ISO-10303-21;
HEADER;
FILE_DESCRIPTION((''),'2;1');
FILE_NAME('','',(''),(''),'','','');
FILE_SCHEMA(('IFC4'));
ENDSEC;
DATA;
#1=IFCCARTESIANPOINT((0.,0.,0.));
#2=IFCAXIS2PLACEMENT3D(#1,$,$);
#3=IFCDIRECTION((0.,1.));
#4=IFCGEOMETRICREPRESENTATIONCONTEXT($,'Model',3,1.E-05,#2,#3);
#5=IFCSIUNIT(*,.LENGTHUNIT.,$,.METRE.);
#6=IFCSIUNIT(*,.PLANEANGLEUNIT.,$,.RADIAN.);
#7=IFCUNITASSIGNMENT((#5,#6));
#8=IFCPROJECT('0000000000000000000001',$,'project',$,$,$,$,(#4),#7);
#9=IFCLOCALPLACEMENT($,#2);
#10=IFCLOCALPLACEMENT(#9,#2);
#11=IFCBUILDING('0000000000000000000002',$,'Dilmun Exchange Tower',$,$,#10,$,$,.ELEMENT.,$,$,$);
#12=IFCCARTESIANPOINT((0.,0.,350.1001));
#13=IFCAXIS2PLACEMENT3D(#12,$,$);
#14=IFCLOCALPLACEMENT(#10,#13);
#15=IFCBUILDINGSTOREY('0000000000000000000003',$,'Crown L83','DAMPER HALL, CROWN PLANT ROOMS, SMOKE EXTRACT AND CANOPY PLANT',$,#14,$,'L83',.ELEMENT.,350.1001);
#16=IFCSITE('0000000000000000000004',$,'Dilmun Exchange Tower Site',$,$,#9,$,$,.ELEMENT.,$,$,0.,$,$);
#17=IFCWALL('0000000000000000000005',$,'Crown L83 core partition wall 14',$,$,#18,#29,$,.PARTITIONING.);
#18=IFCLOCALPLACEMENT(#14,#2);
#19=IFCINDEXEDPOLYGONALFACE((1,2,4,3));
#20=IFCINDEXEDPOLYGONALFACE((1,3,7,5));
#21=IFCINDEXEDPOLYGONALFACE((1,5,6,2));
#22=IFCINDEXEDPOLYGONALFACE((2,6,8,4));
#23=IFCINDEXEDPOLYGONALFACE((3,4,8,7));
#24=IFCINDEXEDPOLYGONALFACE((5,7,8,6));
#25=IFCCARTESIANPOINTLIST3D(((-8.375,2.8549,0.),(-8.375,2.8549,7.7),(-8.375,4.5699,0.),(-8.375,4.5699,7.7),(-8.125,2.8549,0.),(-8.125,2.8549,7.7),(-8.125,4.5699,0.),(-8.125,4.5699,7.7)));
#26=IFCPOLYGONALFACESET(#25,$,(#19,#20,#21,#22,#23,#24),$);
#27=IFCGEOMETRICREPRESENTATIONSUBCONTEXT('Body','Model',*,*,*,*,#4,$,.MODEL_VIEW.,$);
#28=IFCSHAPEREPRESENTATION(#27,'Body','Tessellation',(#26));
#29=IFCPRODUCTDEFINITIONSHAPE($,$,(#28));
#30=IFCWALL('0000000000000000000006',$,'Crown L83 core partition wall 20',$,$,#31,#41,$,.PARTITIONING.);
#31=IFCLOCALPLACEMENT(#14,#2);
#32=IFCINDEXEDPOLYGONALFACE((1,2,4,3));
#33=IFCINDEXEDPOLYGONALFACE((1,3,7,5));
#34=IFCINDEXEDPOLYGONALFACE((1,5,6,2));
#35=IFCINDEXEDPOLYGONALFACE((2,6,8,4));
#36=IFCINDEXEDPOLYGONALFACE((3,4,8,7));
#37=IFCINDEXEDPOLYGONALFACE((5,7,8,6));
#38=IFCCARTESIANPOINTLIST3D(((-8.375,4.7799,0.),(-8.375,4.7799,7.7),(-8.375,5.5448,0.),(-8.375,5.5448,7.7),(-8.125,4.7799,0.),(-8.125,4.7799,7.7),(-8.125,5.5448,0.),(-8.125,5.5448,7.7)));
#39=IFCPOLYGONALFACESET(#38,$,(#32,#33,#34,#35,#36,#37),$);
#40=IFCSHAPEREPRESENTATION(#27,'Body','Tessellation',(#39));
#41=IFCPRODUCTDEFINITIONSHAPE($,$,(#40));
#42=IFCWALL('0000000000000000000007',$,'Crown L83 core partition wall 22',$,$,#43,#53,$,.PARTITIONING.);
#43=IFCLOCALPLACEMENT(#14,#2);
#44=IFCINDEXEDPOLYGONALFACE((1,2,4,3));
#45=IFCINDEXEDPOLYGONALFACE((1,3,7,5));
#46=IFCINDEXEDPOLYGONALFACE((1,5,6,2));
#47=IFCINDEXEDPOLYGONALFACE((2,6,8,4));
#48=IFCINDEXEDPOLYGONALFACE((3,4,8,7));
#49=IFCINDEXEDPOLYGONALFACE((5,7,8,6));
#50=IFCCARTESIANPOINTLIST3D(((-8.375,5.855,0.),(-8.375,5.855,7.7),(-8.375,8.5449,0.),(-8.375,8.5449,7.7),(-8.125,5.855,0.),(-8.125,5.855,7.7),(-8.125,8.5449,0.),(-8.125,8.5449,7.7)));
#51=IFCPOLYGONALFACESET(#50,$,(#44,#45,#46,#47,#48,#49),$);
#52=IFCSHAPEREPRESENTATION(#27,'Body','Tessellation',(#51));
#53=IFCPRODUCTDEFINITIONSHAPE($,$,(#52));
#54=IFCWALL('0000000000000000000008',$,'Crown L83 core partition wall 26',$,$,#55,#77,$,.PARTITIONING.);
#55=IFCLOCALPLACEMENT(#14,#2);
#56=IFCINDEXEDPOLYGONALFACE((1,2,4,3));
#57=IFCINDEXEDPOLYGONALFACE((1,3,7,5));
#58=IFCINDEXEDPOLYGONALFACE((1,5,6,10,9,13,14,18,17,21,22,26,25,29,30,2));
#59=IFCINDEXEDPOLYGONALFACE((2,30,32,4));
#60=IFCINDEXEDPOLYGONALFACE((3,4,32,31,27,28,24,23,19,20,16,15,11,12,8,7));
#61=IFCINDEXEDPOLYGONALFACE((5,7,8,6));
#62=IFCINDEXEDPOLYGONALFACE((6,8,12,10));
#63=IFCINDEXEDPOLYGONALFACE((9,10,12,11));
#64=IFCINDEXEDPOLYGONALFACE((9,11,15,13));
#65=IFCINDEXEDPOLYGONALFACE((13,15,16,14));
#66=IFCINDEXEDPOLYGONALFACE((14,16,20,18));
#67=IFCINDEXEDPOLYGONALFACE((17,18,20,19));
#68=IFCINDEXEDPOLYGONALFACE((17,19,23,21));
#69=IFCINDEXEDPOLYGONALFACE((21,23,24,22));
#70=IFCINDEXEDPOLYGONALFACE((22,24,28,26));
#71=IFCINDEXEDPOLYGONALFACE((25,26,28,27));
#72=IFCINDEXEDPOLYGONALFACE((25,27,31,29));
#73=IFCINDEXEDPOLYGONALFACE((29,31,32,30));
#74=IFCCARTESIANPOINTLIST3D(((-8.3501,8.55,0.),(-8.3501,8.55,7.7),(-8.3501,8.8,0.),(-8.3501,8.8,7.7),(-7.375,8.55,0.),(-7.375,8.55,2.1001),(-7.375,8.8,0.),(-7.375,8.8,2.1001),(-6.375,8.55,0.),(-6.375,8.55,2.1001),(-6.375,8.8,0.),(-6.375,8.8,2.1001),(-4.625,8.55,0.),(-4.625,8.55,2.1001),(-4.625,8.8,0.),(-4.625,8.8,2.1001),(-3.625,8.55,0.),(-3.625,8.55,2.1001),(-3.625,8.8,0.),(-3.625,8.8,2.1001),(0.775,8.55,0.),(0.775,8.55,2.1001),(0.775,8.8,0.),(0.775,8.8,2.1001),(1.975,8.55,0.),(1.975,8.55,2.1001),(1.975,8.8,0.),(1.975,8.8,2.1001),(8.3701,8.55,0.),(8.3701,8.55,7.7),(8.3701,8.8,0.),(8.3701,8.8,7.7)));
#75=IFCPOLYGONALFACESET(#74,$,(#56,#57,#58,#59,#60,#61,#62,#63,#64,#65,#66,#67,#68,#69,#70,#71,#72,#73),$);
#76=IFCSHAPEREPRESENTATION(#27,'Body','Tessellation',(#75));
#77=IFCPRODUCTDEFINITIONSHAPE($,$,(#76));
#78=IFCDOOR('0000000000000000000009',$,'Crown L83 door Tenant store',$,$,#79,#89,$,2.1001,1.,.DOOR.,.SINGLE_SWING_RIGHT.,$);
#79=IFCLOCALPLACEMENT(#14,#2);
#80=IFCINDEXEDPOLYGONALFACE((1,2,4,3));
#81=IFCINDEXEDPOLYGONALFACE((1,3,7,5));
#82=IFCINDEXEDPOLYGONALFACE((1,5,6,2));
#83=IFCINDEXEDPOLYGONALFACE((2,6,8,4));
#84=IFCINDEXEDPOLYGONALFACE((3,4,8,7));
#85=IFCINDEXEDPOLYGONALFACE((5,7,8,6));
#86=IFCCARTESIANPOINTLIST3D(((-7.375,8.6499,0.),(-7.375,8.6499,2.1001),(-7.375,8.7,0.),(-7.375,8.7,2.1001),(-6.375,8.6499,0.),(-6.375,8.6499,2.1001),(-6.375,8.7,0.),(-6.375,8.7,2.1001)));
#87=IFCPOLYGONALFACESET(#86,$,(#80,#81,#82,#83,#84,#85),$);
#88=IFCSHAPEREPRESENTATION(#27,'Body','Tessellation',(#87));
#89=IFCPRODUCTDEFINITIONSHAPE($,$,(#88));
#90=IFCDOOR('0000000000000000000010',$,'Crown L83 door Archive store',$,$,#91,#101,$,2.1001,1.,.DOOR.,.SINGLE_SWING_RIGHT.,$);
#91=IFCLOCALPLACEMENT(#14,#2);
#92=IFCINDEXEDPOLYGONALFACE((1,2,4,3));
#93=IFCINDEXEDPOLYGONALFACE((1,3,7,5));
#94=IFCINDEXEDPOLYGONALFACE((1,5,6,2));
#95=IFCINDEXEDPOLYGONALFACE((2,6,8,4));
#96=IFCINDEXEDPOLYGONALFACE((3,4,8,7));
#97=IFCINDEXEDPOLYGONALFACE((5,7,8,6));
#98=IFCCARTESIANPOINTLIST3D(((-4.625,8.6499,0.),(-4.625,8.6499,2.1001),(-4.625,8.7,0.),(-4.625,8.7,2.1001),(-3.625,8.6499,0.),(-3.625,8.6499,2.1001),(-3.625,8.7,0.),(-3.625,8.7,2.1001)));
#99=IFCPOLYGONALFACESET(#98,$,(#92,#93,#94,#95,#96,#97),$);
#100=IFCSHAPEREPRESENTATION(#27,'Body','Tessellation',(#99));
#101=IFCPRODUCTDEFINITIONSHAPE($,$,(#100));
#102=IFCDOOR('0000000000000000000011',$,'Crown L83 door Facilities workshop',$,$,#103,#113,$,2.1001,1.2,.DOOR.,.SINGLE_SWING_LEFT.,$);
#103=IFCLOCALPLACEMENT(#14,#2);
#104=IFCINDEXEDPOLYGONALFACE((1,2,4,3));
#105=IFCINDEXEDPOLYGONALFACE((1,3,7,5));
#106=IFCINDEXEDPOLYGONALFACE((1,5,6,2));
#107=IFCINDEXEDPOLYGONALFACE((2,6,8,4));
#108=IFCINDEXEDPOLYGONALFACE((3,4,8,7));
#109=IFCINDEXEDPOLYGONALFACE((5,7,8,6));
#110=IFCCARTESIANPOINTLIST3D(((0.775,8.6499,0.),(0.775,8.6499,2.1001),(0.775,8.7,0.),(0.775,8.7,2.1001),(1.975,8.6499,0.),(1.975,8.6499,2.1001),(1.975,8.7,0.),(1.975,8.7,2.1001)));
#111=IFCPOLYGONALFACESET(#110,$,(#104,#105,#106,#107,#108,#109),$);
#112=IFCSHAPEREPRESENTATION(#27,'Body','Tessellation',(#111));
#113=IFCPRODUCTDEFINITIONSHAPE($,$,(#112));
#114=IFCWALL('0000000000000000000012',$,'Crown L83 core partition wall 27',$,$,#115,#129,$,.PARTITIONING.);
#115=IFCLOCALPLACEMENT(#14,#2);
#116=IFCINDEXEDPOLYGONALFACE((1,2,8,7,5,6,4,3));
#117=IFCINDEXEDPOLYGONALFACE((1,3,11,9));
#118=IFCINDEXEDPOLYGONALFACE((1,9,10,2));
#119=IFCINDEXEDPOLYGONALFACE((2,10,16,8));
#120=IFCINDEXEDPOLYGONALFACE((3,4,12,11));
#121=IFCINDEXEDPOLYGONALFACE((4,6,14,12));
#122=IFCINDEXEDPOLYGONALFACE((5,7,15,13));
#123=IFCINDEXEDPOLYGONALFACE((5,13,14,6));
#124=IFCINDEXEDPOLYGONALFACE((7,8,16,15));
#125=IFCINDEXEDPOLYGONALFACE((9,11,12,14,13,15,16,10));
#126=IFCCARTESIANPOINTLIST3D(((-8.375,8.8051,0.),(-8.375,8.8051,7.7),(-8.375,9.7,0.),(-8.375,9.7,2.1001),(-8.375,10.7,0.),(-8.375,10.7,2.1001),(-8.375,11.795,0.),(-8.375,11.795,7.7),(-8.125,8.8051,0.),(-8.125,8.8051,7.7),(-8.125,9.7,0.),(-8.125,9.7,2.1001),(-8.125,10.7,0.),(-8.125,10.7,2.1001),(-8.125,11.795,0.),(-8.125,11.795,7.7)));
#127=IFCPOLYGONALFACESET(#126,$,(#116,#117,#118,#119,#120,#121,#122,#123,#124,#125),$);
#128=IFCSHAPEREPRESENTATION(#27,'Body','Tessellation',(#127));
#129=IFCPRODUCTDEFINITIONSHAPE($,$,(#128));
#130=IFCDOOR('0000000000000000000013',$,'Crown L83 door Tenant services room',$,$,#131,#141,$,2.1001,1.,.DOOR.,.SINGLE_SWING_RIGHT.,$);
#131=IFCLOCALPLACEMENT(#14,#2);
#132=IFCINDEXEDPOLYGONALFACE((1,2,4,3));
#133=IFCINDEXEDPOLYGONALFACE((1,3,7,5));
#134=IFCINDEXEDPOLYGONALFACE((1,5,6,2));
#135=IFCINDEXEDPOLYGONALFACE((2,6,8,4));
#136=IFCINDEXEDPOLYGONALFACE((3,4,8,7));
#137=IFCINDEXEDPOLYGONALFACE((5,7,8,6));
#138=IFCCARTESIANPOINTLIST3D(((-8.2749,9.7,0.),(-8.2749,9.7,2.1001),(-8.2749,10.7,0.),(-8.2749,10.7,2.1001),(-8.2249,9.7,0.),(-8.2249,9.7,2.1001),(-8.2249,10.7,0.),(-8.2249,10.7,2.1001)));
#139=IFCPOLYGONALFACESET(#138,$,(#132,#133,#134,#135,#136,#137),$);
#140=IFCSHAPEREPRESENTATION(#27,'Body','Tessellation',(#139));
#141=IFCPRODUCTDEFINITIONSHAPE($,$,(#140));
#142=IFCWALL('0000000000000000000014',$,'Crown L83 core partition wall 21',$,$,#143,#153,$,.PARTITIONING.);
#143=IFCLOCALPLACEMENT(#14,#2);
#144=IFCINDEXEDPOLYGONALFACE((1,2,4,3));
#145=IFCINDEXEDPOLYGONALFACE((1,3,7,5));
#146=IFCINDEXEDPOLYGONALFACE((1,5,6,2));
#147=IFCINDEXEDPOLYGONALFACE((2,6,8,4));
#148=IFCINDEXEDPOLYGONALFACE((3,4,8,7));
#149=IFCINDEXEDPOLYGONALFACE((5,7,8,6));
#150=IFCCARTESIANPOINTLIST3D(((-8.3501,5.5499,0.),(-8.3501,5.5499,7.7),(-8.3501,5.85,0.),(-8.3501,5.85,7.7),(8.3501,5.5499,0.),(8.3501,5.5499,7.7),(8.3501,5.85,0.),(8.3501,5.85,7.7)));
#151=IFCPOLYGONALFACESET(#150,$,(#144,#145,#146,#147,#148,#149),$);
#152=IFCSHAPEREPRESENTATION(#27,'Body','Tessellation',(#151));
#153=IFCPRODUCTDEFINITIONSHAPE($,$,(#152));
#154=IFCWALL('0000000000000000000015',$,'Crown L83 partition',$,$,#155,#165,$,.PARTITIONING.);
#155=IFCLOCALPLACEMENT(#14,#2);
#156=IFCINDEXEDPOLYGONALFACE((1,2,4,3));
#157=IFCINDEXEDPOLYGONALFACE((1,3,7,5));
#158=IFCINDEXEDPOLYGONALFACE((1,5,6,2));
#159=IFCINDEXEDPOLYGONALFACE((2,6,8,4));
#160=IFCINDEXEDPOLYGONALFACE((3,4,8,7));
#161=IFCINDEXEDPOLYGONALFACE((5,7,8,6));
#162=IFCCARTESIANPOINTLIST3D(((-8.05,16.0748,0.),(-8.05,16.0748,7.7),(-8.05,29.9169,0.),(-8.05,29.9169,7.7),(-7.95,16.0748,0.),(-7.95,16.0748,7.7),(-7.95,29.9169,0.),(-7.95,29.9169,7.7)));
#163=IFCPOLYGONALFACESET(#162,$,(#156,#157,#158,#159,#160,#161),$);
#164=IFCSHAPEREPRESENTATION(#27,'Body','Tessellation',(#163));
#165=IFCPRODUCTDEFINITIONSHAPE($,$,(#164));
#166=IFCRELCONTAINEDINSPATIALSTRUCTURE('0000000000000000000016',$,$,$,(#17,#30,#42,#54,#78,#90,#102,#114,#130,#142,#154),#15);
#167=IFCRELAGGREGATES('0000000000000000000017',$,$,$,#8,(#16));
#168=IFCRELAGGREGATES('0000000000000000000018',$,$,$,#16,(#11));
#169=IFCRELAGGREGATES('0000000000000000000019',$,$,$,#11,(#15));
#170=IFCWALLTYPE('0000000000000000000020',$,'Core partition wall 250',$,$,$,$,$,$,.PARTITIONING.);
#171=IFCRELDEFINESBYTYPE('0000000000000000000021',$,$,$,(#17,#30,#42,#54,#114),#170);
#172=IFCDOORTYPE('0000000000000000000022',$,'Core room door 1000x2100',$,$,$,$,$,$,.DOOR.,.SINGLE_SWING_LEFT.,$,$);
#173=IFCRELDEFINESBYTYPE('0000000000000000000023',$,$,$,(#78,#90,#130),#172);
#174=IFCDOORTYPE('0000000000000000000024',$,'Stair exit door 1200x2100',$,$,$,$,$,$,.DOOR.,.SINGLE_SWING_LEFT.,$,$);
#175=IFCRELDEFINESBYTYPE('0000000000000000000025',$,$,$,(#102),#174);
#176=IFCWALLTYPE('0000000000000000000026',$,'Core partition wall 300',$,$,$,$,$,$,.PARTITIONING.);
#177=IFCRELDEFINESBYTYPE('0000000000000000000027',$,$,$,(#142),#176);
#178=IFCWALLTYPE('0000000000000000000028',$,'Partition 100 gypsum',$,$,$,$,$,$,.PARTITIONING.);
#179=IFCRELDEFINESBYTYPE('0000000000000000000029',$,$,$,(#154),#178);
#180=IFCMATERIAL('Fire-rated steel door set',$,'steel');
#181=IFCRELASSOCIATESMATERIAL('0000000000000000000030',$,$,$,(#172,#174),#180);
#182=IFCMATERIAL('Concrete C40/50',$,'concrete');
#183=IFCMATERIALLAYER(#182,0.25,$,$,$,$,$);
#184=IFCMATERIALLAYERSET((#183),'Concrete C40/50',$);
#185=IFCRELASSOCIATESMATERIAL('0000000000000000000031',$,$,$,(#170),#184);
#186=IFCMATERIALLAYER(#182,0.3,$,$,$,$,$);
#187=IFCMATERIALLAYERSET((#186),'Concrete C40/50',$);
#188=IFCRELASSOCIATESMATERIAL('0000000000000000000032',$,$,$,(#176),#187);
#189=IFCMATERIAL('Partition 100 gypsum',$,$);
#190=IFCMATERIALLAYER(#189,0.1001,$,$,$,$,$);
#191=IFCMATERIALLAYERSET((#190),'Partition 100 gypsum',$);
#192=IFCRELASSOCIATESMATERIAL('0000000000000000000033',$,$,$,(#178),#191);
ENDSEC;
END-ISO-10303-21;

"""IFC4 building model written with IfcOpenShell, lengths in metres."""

from ifc_helpers import new_model, si_unit, direction, frame, frame_2d, origin, place, context, subcontext, project, spatial, rectangle, extrude, material, layer, layer_set, type_object, element, fill, save


model = new_model("IFC4")

# Units and contexts
model_context = context("Model", 3, precision=1e-05, world=origin(), true_north=direction((0.0, 1.0)))
body_context = subcontext(model_context, "Body", "Model", "MODEL_VIEW")
ifc_project = project(units=[si_unit("LENGTHUNIT", "METRE"), si_unit("PLANEANGLEUNIT", "RADIAN")], contexts=[model_context])

# Site, building, storey
site_placement = place(None, origin())
site = spatial("IfcSite", under=ifc_project, at=site_placement, Name="Dilmun Exchange Tower Site", CompositionType="ELEMENT", RefElevation=0.0)
building_placement = place(site_placement, origin())
building = spatial("IfcBuilding", under=site, at=building_placement, Name="Dilmun Exchange Tower", CompositionType="ELEMENT")
storey_placement = place(building_placement, frame((0.0, 0.0, 350.1001)))
storey = spatial("IfcBuildingStorey", under=building, at=storey_placement, Name="Crown L83", Description="DAMPER HALL, CROWN PLANT ROOMS, SMOKE EXTRACT AND CANOPY PLANT", LongName="L83", CompositionType="ELEMENT", Elevation=350.1001)

# Shared definitions
ifc_material_1 = material(Name="Concrete C40/50", Category="concrete")

# Shared definitions
ifc_material_2 = material(Name="Fire-rated steel door set", Category="steel")
door_type_1 = type_object("IfcDoorType", Name="Core room door 1000x2100", OperationType="SINGLE_SWING_LEFT", PredefinedType="DOOR", material=ifc_material_2)

# Walls
ifc_layer_1 = layer(ifc_material_1, 0.25)
ifc_layer_set_1 = layer_set([ifc_layer_1], Name="Concrete C40/50")
wall_type_1 = type_object("IfcWallType", Name="Core partition wall 250", PredefinedType="PARTITIONING", material=ifc_layer_set_1)
wall_1_placement = place(storey_placement, frame((-8.25, 2.855, 0.0), z_axis=(0.0, 0.0, 1.0), x_axis=(0.0, 1.0, 0.0)))
element("IfcWall", 1, at=wall_1_placement, inside=storey, type_object=wall_type_1, Name="Crown L83 core partition wall 14", PredefinedType="PARTITIONING", context=body_context, shape_type="SweptSolid", body=[
    extrude(rectangle(XDim=1.7151, YDim=0.25, at=frame_2d((0.8574, 0.0))), origin(), (0.0, 0.0, 1.0), 7.7),
])
wall_2_placement = place(storey_placement, frame((-8.25, 4.78, 0.0), z_axis=(0.0, 0.0, 1.0), x_axis=(0.0, 1.0, 0.0)))
element("IfcWall", 2, at=wall_2_placement, inside=storey, type_object=wall_type_1, Name="Crown L83 core partition wall 20", PredefinedType="PARTITIONING", context=body_context, shape_type="SweptSolid", body=[
    extrude(rectangle(XDim=0.7649, YDim=0.25, at=frame_2d((0.3823, 0.0))), origin(), (0.0, 0.0, 1.0), 7.7),
])
wall_3_placement = place(storey_placement, frame((-8.25, 5.855, 0.0), z_axis=(0.0, 0.0, 1.0), x_axis=(0.0, 1.0, 0.0)))
element("IfcWall", 3, at=wall_3_placement, inside=storey, type_object=wall_type_1, Name="Crown L83 core partition wall 22", PredefinedType="PARTITIONING", context=body_context, shape_type="SweptSolid", body=[
    extrude(rectangle(XDim=2.6899, YDim=0.25, at=frame_2d((1.345, 0.0))), origin(), (0.0, 0.0, 1.0), 7.7),
])

# Wall, openings, doors
wall_4_placement = place(storey_placement, frame((-8.3501, 8.675, 0.0), z_axis=(0.0, 0.0, 1.0), x_axis=(1.0, 0.0, 0.0)))
wall_4 = element("IfcWall", 4, at=wall_4_placement, inside=storey, type_object=wall_type_1, Name="Crown L83 core partition wall 26", PredefinedType="PARTITIONING", context=body_context, shape_type="SweptSolid", body=[
    extrude(rectangle(XDim=16.7202, YDim=0.25, at=frame_2d((8.3601, 0.0))), origin(), (0.0, 0.0, 1.0), 7.7),
])
opening_1_placement = place(wall_4_placement, frame((0.9751, 0.0, 0.0)))
opening_1 = element("IfcOpeningElement", 5, at=opening_1_placement, cuts=wall_4, PredefinedType="OPENING", context=body_context, shape_type="SweptSolid", body=[
    extrude(rectangle(XDim=1.0, YDim=2.1001, at=frame_2d((0.5, 1.05))), frame((0.0, 0.135, 0.0), z_axis=(0.0, -1.0, 0.0), x_axis=(1.0, 0.0, 0.0)), (0.0, 0.0, 1.0), 0.27),
])
opening_2_placement = place(wall_4_placement, frame((3.7251, 0.0, 0.0)))
opening_2 = element("IfcOpeningElement", 6, at=opening_2_placement, cuts=wall_4, PredefinedType="OPENING", context=body_context, shape_type="SweptSolid", body=[
    extrude(rectangle(XDim=1.0, YDim=2.1001, at=frame_2d((0.5, 1.05))), frame((0.0, 0.135, 0.0), z_axis=(0.0, -1.0, 0.0), x_axis=(1.0, 0.0, 0.0)), (0.0, 0.0, 1.0), 0.27),
])
opening_3_placement = place(wall_4_placement, frame((9.125, 0.0, 0.0)))
opening_3 = element("IfcOpeningElement", 7, at=opening_3_placement, cuts=wall_4, PredefinedType="OPENING", context=body_context, shape_type="SweptSolid", body=[
    extrude(rectangle(XDim=1.2, YDim=2.1001, at=frame_2d((0.6001, 1.05))), frame((0.0, 0.135, 0.0), z_axis=(0.0, -1.0, 0.0), x_axis=(1.0, 0.0, 0.0)), (0.0, 0.0, 1.0), 0.27),
])
door_1_placement = place(opening_1_placement, origin())
door_1 = element("IfcDoor", 8, at=door_1_placement, inside=storey, type_object=door_type_1, Name="Crown L83 door Tenant store", OperationType="SINGLE_SWING_RIGHT", OverallHeight=2.1001, OverallWidth=1.0, PredefinedType="DOOR", context=body_context, shape_type="SweptSolid", body=[
    extrude(rectangle(XDim=1.0, YDim=2.1001, at=frame_2d((0.5, 1.05))), frame((0.0, 0.0249, 0.0), z_axis=(0.0, -1.0, 0.0), x_axis=(1.0, 0.0, 0.0)), (0.0, 0.0, 1.0), 0.05),
])
fill(opening_1, door_1)
door_2_placement = place(opening_2_placement, origin())
door_2 = element("IfcDoor", 9, at=door_2_placement, inside=storey, type_object=door_type_1, Name="Crown L83 door Archive store", OperationType="SINGLE_SWING_RIGHT", OverallHeight=2.1001, OverallWidth=1.0, PredefinedType="DOOR", context=body_context, shape_type="SweptSolid", body=[
    extrude(rectangle(XDim=1.0, YDim=2.1001, at=frame_2d((0.5, 1.05))), frame((0.0, 0.0249, 0.0), z_axis=(0.0, -1.0, 0.0), x_axis=(1.0, 0.0, 0.0)), (0.0, 0.0, 1.0), 0.05),
])
fill(opening_2, door_2)
door_type_2 = type_object("IfcDoorType", Name="Stair exit door 1200x2100", OperationType="SINGLE_SWING_LEFT", PredefinedType="DOOR", material=ifc_material_2)
door_3_placement = place(opening_3_placement, origin())
door_3 = element("IfcDoor", 10, at=door_3_placement, inside=storey, type_object=door_type_2, Name="Crown L83 door Facilities workshop", OperationType="SINGLE_SWING_LEFT", OverallHeight=2.1001, OverallWidth=1.2, PredefinedType="DOOR", context=body_context, shape_type="SweptSolid", body=[
    extrude(rectangle(XDim=1.2, YDim=2.1001, at=frame_2d((0.6001, 1.05))), frame((0.0, 0.0249, 0.0), z_axis=(0.0, -1.0, 0.0), x_axis=(1.0, 0.0, 0.0)), (0.0, 0.0, 1.0), 0.05),
])
fill(opening_3, door_3)

# Wall, opening, door
wall_5_placement = place(storey_placement, frame((-8.25, 8.8049, 0.0), z_axis=(0.0, 0.0, 1.0), x_axis=(0.0, 1.0, 0.0)))
wall_5 = element("IfcWall", 11, at=wall_5_placement, inside=storey, type_object=wall_type_1, Name="Crown L83 core partition wall 27", PredefinedType="PARTITIONING", context=body_context, shape_type="SweptSolid", body=[
    extrude(rectangle(XDim=2.99, YDim=0.25, at=frame_2d((1.4951, 0.0))), origin(), (0.0, 0.0, 1.0), 7.7),
])
opening_4_placement = place(wall_5_placement, frame((0.895, 0.0, 0.0)))
opening_4 = element("IfcOpeningElement", 12, at=opening_4_placement, cuts=wall_5, PredefinedType="OPENING", context=body_context, shape_type="SweptSolid", body=[
    extrude(rectangle(XDim=1.0, YDim=2.1001, at=frame_2d((0.5, 1.05))), frame((0.0, 0.135, 0.0), z_axis=(0.0, -1.0, 0.0), x_axis=(1.0, 0.0, 0.0)), (0.0, 0.0, 1.0), 0.27),
])
door_4_placement = place(opening_4_placement, origin())
door_4 = element("IfcDoor", 13, at=door_4_placement, inside=storey, type_object=door_type_1, Name="Crown L83 door Tenant services room", OperationType="SINGLE_SWING_RIGHT", OverallHeight=2.1001, OverallWidth=1.0, PredefinedType="DOOR", context=body_context, shape_type="SweptSolid", body=[
    extrude(rectangle(XDim=1.0, YDim=2.1001, at=frame_2d((0.5, 1.05))), frame((0.0, 0.0249, 0.0), z_axis=(0.0, -1.0, 0.0), x_axis=(1.0, 0.0, 0.0)), (0.0, 0.0, 1.0), 0.05),
])
fill(opening_4, door_4)

# Walls
ifc_layer_2 = layer(ifc_material_1, 0.3)
ifc_layer_set_2 = layer_set([ifc_layer_2], Name="Concrete C40/50")
wall_type_2 = type_object("IfcWallType", Name="Core partition wall 300", PredefinedType="PARTITIONING", material=ifc_layer_set_2)
wall_6_placement = place(storey_placement, frame((-8.3501, 5.7, 0.0), z_axis=(0.0, 0.0, 1.0), x_axis=(1.0, 0.0, 0.0)))
element("IfcWall", 14, at=wall_6_placement, inside=storey, type_object=wall_type_2, Name="Crown L83 core partition wall 21", PredefinedType="PARTITIONING", context=body_context, shape_type="SweptSolid", body=[
    extrude(rectangle(XDim=16.7002, YDim=0.3, at=frame_2d((8.3501, 0.0))), origin(), (0.0, 0.0, 1.0), 7.7),
])
ifc_material_3 = material(Name="Partition 100 gypsum")
ifc_layer_3 = layer(ifc_material_3, 0.1001)
ifc_layer_set_3 = layer_set([ifc_layer_3], Name="Partition 100 gypsum")
wall_type_3 = type_object("IfcWallType", Name="Partition 100 gypsum", PredefinedType="PARTITIONING", material=ifc_layer_set_3)
wall_7_placement = place(storey_placement, frame((-8.0, 16.075, 0.0), z_axis=(0.0, 0.0, 1.0), x_axis=(0.0, 1.0, 0.0)))
element("IfcWall", 15, at=wall_7_placement, inside=storey, type_object=wall_type_3, Name="Crown L83 partition", PredefinedType="PARTITIONING", context=body_context, shape_type="SweptSolid", body=[
    extrude(rectangle(XDim=13.842, YDim=0.1001, at=frame_2d((6.9209, 0.0))), origin(), (0.0, 0.0, 1.0), 7.7),
])

save(model, "model.ifc")
